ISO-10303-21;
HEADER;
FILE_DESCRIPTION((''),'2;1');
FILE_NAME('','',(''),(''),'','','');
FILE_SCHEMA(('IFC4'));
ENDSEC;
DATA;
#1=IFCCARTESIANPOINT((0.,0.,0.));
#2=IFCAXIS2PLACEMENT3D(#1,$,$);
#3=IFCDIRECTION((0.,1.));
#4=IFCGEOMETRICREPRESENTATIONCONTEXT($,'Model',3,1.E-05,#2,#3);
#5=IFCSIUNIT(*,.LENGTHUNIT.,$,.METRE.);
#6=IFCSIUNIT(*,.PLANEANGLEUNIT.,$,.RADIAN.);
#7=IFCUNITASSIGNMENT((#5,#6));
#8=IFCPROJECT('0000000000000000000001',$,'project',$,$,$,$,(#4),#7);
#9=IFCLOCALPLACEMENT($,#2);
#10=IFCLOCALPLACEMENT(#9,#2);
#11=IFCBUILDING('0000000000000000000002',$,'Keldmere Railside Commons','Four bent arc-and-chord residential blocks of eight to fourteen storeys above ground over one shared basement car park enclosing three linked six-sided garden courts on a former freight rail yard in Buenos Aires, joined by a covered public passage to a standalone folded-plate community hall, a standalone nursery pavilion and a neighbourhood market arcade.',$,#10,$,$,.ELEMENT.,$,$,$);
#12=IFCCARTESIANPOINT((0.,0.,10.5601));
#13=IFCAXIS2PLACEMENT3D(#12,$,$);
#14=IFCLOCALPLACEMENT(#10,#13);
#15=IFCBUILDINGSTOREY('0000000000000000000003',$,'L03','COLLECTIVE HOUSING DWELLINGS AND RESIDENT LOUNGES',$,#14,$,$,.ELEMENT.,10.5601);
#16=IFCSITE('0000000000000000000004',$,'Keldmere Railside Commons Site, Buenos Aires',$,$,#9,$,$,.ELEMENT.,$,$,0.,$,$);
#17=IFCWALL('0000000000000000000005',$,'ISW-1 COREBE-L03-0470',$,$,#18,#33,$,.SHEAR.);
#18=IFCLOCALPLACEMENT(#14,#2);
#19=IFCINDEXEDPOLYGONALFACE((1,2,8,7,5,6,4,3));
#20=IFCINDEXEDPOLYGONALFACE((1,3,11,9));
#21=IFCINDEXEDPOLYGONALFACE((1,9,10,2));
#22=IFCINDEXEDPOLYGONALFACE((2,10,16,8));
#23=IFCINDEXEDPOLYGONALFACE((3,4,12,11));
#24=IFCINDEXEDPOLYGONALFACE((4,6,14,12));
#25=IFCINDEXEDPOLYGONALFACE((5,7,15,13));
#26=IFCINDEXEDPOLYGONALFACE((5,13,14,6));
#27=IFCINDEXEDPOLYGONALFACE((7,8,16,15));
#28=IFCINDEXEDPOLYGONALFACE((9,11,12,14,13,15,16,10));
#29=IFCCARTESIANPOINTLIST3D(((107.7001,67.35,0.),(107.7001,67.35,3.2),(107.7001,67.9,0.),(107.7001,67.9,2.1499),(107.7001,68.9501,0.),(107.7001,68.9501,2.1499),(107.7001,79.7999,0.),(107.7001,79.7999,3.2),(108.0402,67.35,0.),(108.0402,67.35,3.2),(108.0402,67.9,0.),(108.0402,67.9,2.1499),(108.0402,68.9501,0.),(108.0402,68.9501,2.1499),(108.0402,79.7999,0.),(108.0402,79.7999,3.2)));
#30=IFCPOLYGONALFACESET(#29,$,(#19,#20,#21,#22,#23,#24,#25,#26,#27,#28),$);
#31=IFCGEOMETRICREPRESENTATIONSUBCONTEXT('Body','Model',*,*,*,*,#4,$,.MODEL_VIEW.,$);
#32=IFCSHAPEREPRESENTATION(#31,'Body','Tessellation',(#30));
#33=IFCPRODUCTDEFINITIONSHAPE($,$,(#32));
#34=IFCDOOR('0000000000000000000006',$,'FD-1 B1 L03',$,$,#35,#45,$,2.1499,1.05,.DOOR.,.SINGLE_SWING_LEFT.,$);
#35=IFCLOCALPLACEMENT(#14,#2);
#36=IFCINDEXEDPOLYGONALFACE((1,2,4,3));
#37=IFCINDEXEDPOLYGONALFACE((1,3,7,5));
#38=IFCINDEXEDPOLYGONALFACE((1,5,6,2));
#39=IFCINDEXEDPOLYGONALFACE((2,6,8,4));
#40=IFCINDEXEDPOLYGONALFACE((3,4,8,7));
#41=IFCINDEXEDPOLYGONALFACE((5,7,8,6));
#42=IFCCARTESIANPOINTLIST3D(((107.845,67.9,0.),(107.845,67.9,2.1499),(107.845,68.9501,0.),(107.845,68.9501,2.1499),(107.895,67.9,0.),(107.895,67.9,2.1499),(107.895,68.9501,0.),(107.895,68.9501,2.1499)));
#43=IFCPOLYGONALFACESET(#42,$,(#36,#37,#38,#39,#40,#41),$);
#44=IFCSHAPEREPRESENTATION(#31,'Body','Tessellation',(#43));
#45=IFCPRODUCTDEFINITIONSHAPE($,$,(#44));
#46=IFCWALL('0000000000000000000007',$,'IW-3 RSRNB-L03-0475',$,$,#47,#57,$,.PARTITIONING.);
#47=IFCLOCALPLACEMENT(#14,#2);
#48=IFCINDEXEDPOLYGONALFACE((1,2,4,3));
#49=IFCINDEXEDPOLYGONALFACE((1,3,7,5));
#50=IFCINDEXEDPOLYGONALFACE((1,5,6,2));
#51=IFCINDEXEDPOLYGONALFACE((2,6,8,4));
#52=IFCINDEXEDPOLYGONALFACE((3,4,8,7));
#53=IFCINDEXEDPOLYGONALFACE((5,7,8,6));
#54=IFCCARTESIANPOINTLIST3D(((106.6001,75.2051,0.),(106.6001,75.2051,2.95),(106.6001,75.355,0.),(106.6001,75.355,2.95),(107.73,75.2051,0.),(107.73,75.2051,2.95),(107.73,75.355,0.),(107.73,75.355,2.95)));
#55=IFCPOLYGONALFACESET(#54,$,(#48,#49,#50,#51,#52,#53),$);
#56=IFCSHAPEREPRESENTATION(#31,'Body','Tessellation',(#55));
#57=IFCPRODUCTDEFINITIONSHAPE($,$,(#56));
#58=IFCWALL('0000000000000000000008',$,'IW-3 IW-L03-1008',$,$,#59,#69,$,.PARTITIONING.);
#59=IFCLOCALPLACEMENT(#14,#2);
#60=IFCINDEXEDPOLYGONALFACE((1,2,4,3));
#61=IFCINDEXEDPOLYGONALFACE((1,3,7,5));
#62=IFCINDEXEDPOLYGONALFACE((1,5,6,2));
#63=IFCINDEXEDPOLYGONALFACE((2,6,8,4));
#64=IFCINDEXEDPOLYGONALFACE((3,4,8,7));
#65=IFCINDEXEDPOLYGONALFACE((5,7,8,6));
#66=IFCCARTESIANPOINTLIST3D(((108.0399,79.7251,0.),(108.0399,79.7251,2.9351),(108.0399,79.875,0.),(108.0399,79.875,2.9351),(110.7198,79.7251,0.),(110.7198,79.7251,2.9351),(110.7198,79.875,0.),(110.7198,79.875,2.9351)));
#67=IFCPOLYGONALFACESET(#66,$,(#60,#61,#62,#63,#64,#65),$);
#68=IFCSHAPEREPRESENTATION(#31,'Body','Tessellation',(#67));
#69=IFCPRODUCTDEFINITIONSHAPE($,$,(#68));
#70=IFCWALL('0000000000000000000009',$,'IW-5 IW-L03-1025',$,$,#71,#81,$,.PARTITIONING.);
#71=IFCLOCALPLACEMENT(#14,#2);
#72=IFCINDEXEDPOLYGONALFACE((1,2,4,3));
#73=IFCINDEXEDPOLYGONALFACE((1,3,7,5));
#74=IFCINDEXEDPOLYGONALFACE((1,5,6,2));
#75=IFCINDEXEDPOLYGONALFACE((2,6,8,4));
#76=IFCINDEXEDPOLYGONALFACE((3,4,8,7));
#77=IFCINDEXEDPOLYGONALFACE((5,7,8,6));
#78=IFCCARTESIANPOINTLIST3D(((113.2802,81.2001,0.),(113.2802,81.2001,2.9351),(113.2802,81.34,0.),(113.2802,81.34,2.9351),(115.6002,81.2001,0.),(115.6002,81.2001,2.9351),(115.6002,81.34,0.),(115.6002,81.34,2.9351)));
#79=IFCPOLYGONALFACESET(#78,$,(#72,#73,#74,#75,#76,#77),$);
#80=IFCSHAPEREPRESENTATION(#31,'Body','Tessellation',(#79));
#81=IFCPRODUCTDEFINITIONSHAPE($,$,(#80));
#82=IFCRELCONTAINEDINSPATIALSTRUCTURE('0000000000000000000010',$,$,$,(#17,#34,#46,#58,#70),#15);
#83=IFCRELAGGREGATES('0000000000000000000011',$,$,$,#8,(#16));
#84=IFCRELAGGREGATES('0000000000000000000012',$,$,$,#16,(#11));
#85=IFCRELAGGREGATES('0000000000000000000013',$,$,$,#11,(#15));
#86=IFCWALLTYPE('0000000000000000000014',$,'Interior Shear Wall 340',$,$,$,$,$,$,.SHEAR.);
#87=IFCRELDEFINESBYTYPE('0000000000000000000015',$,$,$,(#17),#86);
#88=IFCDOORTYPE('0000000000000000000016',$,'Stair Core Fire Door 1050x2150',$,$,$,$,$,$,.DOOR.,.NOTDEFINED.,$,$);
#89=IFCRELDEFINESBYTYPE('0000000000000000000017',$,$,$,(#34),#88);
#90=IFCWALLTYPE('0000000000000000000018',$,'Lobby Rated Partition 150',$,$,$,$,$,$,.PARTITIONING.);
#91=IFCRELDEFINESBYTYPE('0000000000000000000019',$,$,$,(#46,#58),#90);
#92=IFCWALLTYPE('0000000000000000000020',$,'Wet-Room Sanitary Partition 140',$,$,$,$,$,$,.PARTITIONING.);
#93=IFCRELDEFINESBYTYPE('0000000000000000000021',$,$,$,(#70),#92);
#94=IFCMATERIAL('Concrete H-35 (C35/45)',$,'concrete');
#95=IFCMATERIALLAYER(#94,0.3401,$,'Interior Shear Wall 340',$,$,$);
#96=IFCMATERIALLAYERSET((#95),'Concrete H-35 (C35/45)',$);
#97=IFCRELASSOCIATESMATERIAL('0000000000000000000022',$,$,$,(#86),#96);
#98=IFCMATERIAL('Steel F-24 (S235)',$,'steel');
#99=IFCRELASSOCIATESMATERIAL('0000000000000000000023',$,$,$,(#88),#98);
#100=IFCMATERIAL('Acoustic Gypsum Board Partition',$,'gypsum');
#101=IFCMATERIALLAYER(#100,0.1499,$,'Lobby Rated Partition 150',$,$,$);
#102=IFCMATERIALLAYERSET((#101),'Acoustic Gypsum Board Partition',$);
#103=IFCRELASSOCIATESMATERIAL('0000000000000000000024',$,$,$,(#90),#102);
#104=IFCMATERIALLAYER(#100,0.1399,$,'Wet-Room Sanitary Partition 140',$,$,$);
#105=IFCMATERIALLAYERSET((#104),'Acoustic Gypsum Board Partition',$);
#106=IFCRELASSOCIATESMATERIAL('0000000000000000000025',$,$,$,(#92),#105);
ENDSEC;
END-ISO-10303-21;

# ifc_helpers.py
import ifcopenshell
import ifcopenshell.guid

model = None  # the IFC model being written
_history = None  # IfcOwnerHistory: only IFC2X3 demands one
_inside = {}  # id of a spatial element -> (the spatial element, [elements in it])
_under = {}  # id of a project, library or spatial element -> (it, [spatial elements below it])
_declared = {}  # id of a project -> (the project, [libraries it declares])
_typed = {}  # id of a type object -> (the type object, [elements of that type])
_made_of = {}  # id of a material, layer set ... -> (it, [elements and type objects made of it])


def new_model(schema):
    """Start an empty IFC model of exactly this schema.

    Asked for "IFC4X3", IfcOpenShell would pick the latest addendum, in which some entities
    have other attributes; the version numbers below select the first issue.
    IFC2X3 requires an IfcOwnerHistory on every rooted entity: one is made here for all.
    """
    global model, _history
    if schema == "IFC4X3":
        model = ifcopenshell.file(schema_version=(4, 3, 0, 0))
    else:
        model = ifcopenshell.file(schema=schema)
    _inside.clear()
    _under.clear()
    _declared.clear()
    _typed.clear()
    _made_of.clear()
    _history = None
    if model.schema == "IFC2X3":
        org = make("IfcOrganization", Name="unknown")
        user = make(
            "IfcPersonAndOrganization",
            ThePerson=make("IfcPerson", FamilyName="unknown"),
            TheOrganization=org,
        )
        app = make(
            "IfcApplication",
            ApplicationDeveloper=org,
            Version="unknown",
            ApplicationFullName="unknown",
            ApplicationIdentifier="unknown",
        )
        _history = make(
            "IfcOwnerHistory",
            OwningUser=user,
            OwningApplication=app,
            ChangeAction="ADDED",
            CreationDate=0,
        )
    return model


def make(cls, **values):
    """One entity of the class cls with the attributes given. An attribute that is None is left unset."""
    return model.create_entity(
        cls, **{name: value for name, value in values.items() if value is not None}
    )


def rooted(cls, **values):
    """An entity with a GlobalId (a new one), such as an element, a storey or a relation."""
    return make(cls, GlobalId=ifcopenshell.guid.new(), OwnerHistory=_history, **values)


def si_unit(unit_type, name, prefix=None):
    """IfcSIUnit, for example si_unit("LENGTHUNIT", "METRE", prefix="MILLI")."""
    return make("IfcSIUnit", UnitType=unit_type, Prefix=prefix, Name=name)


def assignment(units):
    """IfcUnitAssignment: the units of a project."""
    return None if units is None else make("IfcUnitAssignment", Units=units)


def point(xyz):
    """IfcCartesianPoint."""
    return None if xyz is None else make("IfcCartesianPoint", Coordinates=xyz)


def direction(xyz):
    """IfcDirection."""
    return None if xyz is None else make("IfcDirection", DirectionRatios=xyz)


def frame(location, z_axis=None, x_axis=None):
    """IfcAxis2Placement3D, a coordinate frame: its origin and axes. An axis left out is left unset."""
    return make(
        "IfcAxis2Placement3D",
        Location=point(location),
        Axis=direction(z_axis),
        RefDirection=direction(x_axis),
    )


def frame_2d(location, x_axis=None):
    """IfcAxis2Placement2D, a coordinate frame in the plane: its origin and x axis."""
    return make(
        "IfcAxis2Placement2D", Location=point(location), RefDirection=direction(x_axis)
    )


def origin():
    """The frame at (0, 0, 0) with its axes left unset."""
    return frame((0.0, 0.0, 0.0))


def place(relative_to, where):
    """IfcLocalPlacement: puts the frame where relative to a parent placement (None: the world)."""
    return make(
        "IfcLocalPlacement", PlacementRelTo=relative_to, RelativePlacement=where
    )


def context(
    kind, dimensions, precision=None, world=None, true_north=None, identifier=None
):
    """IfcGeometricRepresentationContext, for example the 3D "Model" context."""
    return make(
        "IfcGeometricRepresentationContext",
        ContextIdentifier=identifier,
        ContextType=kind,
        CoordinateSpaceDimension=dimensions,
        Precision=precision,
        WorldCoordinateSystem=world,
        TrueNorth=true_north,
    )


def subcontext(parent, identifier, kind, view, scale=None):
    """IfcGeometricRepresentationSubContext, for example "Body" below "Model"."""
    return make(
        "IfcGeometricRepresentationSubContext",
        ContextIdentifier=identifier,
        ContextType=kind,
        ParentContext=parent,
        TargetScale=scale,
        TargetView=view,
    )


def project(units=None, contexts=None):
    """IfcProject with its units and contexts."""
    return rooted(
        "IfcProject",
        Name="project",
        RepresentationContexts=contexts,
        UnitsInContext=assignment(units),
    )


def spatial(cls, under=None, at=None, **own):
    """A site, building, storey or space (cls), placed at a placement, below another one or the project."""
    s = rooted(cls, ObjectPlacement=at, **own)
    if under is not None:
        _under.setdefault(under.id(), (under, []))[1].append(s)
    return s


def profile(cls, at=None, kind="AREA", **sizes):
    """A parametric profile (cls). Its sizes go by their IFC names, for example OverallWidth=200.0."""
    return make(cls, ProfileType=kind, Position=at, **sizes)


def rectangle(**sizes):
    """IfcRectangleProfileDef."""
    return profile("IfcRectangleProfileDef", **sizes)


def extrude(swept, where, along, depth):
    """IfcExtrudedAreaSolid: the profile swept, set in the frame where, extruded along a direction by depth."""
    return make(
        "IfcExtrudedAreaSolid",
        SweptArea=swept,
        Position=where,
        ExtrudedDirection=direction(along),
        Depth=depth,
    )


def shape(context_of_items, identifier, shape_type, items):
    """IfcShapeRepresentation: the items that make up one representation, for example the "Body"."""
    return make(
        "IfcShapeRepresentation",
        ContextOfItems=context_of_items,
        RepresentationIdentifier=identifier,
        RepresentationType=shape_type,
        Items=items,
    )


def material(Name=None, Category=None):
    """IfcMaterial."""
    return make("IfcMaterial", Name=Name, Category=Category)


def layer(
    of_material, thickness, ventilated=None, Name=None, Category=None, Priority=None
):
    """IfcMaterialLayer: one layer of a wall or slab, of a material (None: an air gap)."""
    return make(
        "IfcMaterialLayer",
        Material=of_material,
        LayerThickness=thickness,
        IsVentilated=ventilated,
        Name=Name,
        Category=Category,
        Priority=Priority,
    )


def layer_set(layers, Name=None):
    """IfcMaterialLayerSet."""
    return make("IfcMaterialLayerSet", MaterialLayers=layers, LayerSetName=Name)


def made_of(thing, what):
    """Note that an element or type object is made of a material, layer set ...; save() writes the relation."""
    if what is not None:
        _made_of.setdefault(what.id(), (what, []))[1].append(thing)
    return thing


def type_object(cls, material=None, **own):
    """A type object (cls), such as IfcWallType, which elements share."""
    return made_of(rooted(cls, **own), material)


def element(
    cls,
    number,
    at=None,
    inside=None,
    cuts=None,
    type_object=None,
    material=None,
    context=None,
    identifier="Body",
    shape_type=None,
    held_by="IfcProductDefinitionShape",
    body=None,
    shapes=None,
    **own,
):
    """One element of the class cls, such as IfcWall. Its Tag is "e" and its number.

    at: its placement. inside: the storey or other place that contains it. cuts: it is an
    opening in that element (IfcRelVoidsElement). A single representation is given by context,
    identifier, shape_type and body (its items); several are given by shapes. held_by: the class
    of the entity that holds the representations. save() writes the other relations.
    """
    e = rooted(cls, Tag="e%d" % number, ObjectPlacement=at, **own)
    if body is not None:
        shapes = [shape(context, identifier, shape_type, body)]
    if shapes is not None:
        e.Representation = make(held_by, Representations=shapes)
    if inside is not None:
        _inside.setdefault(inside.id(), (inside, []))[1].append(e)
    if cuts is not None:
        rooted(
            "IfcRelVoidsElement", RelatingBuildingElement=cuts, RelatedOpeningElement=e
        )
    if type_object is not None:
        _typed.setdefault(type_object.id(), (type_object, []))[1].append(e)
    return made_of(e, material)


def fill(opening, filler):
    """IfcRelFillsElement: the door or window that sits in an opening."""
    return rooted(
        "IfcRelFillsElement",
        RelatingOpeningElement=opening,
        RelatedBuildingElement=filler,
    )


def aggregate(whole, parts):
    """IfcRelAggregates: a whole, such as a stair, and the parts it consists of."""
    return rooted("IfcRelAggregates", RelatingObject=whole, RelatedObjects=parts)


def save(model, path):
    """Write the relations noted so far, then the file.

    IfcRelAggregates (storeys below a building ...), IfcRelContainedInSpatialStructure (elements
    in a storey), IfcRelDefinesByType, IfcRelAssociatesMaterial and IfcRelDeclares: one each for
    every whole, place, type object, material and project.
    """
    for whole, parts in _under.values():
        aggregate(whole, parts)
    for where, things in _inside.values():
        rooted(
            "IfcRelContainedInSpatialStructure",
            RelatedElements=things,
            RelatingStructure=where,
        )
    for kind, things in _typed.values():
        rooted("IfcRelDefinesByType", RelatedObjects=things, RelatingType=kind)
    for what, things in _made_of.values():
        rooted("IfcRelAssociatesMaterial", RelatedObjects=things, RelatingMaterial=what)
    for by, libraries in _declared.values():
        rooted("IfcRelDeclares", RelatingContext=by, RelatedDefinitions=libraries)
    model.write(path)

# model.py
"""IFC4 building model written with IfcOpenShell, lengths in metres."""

from ifc_helpers import new_model, si_unit, direction, frame, frame_2d, origin, place, context, subcontext, project, spatial, rectangle, extrude, material, layer, layer_set, type_object, element, fill, save


model = new_model("IFC4")

# Units and contexts
model_context = context("Model", 3, precision=1e-05, world=origin(), true_north=direction((0.0, 1.0)))
body_context = subcontext(model_context, "Body", "Model", "MODEL_VIEW")
ifc_project = project(units=[si_unit("LENGTHUNIT", "METRE"), si_unit("PLANEANGLEUNIT", "RADIAN")], contexts=[model_context])

# Site, building, storey
site_placement = place(None, origin())
site = spatial("IfcSite", under=ifc_project, at=site_placement, Name="Keldmere Railside Commons Site, Buenos Aires", CompositionType="ELEMENT", RefElevation=0.0)
building_placement = place(site_placement, origin())
building = spatial("IfcBuilding", under=site, at=building_placement, Name="Keldmere Railside Commons", Description="Four bent arc-and-chord residential blocks of eight to fourteen storeys above ground over one shared basement car park enclosing three linked six-sided garden courts on a former freight rail yard in Buenos Aires, joined by a covered public passage to a standalone folded-plate community hall, a standalone nursery pavilion and a neighbourhood market arcade.", CompositionType="ELEMENT")
storey_placement = place(building_placement, frame((0.0, 0.0, 10.5601)))
storey = spatial("IfcBuildingStorey", under=building, at=storey_placement, Name="L03", Description="COLLECTIVE HOUSING DWELLINGS AND RESIDENT LOUNGES", CompositionType="ELEMENT", Elevation=10.5601)

# Shared definitions
ifc_material_1 = material(Name="Concrete H-35 (C35/45)", Category="concrete")

# Shared definitions
ifc_material_2 = material(Name="Acoustic Gypsum Board Partition", Category="gypsum")

# Shared definitions
ifc_material_3 = material(Name="Steel F-24 (S235)", Category="steel")

# Wall, opening, door
ifc_layer_1 = layer(ifc_material_1, 0.3401, Name="Interior Shear Wall 340")
ifc_layer_set_1 = layer_set([ifc_layer_1], Name="Concrete H-35 (C35/45)")
wall_type_1 = type_object("IfcWallType", Name="Interior Shear Wall 340", PredefinedType="SHEAR", material=ifc_layer_set_1)
wall_1_placement = place(storey_placement, frame((107.8701, 79.8, 0.0), z_axis=(0.0, 0.0, 1.0), x_axis=(0.0, -1.0, 0.0)))
wall_1 = element("IfcWall", 1, at=wall_1_placement, inside=storey, type_object=wall_type_1, Name="ISW-1 COREBE-L03-0470", PredefinedType="SHEAR", context=body_context, shape_type="SweptSolid", body=[
    extrude(rectangle(XDim=12.45, YDim=0.3401, at=frame_2d((6.2251, 0.0))), origin(), (0.0, 0.0, 1.0), 3.2),
])
opening_1_placement = place(wall_1_placement, frame((10.8501, 0.0, 0.0)))
opening_1 = element("IfcOpeningElement", 2, at=opening_1_placement, cuts=wall_1, PredefinedType="OPENING", context=body_context, shape_type="SweptSolid", body=[
    extrude(rectangle(XDim=1.05, YDim=2.1499, at=frame_2d((0.5249, 1.075))), frame((0.0, 0.1799, 0.0), z_axis=(0.0, -1.0, 0.0), x_axis=(1.0, 0.0, 0.0)), (0.0, 0.0, 1.0), 0.3601),
])
door_type_1 = type_object("IfcDoorType", Name="Stair Core Fire Door 1050x2150", OperationType="NOTDEFINED", PredefinedType="DOOR", material=ifc_material_3)
door_1_placement = place(opening_1_placement, origin())
door_1 = element("IfcDoor", 3, at=door_1_placement, inside=storey, type_object=door_type_1, Name="FD-1 B1 L03", OperationType="SINGLE_SWING_LEFT", OverallHeight=2.1499, OverallWidth=1.05, PredefinedType="DOOR", context=body_context, shape_type="SweptSolid", body=[
    extrude(rectangle(XDim=1.05, YDim=2.1499, at=frame_2d((0.5249, 1.075))), frame((0.0, 0.0249, 0.0), z_axis=(0.0, -1.0, 0.0), x_axis=(1.0, 0.0, 0.0)), (0.0, 0.0, 1.0), 0.05),
])
fill(opening_1, door_1)

# Walls
ifc_layer_2 = layer(ifc_material_2, 0.1499, Name="Lobby Rated Partition 150")
ifc_layer_set_2 = layer_set([ifc_layer_2], Name="Acoustic Gypsum Board Partition")
wall_type_2 = type_object("IfcWallType", Name="Lobby Rated Partition 150", PredefinedType="PARTITIONING", material=ifc_layer_set_2)
wall_2_placement = place(storey_placement, frame((106.6001, 75.28, 0.0), z_axis=(0.0, 0.0, 1.0), x_axis=(1.0, 0.0, 0.0)))
element("IfcWall", 4, at=wall_2_placement, inside=storey, type_object=wall_type_2, Name="IW-3 RSRNB-L03-0475", PredefinedType="PARTITIONING", context=body_context, shape_type="SweptSolid", body=[
    extrude(rectangle(XDim=1.1299, YDim=0.1499, at=frame_2d((0.5649, 0.0))), origin(), (0.0, 0.0, 1.0), 2.95),
])
wall_3_placement = place(storey_placement, frame((108.04, 79.8, 0.0), z_axis=(0.0, 0.0, 1.0), x_axis=(1.0, 0.0, 0.0)))
element("IfcWall", 5, at=wall_3_placement, inside=storey, type_object=wall_type_2, Name="IW-3 IW-L03-1008", PredefinedType="PARTITIONING", context=body_context, shape_type="SweptSolid", body=[
    extrude(rectangle(XDim=2.6799, YDim=0.1499, at=frame_2d((1.3398, 0.0))), origin(), (0.0, 0.0, 1.0), 2.9351),
])
ifc_layer_3 = layer(ifc_material_2, 0.1399, Name="Wet-Room Sanitary Partition 140")
ifc_layer_set_3 = layer_set([ifc_layer_3], Name="Acoustic Gypsum Board Partition")
wall_type_3 = type_object("IfcWallType", Name="Wet-Room Sanitary Partition 140", PredefinedType="PARTITIONING", material=ifc_layer_set_3)
wall_4_placement = place(storey_placement, frame((113.28, 81.27, 0.0), z_axis=(0.0, 0.0, 1.0), x_axis=(1.0, 0.0, 0.0)))
element("IfcWall", 6, at=wall_4_placement, inside=storey, type_object=wall_type_3, Name="IW-5 IW-L03-1025", PredefinedType="PARTITIONING", context=body_context, shape_type="SweptSolid", body=[
    extrude(rectangle(XDim=2.3201, YDim=0.1399, at=frame_2d((1.1602, 0.0))), origin(), (0.0, 0.0, 1.0), 2.9351),
])

save(model, "model.ifc")
